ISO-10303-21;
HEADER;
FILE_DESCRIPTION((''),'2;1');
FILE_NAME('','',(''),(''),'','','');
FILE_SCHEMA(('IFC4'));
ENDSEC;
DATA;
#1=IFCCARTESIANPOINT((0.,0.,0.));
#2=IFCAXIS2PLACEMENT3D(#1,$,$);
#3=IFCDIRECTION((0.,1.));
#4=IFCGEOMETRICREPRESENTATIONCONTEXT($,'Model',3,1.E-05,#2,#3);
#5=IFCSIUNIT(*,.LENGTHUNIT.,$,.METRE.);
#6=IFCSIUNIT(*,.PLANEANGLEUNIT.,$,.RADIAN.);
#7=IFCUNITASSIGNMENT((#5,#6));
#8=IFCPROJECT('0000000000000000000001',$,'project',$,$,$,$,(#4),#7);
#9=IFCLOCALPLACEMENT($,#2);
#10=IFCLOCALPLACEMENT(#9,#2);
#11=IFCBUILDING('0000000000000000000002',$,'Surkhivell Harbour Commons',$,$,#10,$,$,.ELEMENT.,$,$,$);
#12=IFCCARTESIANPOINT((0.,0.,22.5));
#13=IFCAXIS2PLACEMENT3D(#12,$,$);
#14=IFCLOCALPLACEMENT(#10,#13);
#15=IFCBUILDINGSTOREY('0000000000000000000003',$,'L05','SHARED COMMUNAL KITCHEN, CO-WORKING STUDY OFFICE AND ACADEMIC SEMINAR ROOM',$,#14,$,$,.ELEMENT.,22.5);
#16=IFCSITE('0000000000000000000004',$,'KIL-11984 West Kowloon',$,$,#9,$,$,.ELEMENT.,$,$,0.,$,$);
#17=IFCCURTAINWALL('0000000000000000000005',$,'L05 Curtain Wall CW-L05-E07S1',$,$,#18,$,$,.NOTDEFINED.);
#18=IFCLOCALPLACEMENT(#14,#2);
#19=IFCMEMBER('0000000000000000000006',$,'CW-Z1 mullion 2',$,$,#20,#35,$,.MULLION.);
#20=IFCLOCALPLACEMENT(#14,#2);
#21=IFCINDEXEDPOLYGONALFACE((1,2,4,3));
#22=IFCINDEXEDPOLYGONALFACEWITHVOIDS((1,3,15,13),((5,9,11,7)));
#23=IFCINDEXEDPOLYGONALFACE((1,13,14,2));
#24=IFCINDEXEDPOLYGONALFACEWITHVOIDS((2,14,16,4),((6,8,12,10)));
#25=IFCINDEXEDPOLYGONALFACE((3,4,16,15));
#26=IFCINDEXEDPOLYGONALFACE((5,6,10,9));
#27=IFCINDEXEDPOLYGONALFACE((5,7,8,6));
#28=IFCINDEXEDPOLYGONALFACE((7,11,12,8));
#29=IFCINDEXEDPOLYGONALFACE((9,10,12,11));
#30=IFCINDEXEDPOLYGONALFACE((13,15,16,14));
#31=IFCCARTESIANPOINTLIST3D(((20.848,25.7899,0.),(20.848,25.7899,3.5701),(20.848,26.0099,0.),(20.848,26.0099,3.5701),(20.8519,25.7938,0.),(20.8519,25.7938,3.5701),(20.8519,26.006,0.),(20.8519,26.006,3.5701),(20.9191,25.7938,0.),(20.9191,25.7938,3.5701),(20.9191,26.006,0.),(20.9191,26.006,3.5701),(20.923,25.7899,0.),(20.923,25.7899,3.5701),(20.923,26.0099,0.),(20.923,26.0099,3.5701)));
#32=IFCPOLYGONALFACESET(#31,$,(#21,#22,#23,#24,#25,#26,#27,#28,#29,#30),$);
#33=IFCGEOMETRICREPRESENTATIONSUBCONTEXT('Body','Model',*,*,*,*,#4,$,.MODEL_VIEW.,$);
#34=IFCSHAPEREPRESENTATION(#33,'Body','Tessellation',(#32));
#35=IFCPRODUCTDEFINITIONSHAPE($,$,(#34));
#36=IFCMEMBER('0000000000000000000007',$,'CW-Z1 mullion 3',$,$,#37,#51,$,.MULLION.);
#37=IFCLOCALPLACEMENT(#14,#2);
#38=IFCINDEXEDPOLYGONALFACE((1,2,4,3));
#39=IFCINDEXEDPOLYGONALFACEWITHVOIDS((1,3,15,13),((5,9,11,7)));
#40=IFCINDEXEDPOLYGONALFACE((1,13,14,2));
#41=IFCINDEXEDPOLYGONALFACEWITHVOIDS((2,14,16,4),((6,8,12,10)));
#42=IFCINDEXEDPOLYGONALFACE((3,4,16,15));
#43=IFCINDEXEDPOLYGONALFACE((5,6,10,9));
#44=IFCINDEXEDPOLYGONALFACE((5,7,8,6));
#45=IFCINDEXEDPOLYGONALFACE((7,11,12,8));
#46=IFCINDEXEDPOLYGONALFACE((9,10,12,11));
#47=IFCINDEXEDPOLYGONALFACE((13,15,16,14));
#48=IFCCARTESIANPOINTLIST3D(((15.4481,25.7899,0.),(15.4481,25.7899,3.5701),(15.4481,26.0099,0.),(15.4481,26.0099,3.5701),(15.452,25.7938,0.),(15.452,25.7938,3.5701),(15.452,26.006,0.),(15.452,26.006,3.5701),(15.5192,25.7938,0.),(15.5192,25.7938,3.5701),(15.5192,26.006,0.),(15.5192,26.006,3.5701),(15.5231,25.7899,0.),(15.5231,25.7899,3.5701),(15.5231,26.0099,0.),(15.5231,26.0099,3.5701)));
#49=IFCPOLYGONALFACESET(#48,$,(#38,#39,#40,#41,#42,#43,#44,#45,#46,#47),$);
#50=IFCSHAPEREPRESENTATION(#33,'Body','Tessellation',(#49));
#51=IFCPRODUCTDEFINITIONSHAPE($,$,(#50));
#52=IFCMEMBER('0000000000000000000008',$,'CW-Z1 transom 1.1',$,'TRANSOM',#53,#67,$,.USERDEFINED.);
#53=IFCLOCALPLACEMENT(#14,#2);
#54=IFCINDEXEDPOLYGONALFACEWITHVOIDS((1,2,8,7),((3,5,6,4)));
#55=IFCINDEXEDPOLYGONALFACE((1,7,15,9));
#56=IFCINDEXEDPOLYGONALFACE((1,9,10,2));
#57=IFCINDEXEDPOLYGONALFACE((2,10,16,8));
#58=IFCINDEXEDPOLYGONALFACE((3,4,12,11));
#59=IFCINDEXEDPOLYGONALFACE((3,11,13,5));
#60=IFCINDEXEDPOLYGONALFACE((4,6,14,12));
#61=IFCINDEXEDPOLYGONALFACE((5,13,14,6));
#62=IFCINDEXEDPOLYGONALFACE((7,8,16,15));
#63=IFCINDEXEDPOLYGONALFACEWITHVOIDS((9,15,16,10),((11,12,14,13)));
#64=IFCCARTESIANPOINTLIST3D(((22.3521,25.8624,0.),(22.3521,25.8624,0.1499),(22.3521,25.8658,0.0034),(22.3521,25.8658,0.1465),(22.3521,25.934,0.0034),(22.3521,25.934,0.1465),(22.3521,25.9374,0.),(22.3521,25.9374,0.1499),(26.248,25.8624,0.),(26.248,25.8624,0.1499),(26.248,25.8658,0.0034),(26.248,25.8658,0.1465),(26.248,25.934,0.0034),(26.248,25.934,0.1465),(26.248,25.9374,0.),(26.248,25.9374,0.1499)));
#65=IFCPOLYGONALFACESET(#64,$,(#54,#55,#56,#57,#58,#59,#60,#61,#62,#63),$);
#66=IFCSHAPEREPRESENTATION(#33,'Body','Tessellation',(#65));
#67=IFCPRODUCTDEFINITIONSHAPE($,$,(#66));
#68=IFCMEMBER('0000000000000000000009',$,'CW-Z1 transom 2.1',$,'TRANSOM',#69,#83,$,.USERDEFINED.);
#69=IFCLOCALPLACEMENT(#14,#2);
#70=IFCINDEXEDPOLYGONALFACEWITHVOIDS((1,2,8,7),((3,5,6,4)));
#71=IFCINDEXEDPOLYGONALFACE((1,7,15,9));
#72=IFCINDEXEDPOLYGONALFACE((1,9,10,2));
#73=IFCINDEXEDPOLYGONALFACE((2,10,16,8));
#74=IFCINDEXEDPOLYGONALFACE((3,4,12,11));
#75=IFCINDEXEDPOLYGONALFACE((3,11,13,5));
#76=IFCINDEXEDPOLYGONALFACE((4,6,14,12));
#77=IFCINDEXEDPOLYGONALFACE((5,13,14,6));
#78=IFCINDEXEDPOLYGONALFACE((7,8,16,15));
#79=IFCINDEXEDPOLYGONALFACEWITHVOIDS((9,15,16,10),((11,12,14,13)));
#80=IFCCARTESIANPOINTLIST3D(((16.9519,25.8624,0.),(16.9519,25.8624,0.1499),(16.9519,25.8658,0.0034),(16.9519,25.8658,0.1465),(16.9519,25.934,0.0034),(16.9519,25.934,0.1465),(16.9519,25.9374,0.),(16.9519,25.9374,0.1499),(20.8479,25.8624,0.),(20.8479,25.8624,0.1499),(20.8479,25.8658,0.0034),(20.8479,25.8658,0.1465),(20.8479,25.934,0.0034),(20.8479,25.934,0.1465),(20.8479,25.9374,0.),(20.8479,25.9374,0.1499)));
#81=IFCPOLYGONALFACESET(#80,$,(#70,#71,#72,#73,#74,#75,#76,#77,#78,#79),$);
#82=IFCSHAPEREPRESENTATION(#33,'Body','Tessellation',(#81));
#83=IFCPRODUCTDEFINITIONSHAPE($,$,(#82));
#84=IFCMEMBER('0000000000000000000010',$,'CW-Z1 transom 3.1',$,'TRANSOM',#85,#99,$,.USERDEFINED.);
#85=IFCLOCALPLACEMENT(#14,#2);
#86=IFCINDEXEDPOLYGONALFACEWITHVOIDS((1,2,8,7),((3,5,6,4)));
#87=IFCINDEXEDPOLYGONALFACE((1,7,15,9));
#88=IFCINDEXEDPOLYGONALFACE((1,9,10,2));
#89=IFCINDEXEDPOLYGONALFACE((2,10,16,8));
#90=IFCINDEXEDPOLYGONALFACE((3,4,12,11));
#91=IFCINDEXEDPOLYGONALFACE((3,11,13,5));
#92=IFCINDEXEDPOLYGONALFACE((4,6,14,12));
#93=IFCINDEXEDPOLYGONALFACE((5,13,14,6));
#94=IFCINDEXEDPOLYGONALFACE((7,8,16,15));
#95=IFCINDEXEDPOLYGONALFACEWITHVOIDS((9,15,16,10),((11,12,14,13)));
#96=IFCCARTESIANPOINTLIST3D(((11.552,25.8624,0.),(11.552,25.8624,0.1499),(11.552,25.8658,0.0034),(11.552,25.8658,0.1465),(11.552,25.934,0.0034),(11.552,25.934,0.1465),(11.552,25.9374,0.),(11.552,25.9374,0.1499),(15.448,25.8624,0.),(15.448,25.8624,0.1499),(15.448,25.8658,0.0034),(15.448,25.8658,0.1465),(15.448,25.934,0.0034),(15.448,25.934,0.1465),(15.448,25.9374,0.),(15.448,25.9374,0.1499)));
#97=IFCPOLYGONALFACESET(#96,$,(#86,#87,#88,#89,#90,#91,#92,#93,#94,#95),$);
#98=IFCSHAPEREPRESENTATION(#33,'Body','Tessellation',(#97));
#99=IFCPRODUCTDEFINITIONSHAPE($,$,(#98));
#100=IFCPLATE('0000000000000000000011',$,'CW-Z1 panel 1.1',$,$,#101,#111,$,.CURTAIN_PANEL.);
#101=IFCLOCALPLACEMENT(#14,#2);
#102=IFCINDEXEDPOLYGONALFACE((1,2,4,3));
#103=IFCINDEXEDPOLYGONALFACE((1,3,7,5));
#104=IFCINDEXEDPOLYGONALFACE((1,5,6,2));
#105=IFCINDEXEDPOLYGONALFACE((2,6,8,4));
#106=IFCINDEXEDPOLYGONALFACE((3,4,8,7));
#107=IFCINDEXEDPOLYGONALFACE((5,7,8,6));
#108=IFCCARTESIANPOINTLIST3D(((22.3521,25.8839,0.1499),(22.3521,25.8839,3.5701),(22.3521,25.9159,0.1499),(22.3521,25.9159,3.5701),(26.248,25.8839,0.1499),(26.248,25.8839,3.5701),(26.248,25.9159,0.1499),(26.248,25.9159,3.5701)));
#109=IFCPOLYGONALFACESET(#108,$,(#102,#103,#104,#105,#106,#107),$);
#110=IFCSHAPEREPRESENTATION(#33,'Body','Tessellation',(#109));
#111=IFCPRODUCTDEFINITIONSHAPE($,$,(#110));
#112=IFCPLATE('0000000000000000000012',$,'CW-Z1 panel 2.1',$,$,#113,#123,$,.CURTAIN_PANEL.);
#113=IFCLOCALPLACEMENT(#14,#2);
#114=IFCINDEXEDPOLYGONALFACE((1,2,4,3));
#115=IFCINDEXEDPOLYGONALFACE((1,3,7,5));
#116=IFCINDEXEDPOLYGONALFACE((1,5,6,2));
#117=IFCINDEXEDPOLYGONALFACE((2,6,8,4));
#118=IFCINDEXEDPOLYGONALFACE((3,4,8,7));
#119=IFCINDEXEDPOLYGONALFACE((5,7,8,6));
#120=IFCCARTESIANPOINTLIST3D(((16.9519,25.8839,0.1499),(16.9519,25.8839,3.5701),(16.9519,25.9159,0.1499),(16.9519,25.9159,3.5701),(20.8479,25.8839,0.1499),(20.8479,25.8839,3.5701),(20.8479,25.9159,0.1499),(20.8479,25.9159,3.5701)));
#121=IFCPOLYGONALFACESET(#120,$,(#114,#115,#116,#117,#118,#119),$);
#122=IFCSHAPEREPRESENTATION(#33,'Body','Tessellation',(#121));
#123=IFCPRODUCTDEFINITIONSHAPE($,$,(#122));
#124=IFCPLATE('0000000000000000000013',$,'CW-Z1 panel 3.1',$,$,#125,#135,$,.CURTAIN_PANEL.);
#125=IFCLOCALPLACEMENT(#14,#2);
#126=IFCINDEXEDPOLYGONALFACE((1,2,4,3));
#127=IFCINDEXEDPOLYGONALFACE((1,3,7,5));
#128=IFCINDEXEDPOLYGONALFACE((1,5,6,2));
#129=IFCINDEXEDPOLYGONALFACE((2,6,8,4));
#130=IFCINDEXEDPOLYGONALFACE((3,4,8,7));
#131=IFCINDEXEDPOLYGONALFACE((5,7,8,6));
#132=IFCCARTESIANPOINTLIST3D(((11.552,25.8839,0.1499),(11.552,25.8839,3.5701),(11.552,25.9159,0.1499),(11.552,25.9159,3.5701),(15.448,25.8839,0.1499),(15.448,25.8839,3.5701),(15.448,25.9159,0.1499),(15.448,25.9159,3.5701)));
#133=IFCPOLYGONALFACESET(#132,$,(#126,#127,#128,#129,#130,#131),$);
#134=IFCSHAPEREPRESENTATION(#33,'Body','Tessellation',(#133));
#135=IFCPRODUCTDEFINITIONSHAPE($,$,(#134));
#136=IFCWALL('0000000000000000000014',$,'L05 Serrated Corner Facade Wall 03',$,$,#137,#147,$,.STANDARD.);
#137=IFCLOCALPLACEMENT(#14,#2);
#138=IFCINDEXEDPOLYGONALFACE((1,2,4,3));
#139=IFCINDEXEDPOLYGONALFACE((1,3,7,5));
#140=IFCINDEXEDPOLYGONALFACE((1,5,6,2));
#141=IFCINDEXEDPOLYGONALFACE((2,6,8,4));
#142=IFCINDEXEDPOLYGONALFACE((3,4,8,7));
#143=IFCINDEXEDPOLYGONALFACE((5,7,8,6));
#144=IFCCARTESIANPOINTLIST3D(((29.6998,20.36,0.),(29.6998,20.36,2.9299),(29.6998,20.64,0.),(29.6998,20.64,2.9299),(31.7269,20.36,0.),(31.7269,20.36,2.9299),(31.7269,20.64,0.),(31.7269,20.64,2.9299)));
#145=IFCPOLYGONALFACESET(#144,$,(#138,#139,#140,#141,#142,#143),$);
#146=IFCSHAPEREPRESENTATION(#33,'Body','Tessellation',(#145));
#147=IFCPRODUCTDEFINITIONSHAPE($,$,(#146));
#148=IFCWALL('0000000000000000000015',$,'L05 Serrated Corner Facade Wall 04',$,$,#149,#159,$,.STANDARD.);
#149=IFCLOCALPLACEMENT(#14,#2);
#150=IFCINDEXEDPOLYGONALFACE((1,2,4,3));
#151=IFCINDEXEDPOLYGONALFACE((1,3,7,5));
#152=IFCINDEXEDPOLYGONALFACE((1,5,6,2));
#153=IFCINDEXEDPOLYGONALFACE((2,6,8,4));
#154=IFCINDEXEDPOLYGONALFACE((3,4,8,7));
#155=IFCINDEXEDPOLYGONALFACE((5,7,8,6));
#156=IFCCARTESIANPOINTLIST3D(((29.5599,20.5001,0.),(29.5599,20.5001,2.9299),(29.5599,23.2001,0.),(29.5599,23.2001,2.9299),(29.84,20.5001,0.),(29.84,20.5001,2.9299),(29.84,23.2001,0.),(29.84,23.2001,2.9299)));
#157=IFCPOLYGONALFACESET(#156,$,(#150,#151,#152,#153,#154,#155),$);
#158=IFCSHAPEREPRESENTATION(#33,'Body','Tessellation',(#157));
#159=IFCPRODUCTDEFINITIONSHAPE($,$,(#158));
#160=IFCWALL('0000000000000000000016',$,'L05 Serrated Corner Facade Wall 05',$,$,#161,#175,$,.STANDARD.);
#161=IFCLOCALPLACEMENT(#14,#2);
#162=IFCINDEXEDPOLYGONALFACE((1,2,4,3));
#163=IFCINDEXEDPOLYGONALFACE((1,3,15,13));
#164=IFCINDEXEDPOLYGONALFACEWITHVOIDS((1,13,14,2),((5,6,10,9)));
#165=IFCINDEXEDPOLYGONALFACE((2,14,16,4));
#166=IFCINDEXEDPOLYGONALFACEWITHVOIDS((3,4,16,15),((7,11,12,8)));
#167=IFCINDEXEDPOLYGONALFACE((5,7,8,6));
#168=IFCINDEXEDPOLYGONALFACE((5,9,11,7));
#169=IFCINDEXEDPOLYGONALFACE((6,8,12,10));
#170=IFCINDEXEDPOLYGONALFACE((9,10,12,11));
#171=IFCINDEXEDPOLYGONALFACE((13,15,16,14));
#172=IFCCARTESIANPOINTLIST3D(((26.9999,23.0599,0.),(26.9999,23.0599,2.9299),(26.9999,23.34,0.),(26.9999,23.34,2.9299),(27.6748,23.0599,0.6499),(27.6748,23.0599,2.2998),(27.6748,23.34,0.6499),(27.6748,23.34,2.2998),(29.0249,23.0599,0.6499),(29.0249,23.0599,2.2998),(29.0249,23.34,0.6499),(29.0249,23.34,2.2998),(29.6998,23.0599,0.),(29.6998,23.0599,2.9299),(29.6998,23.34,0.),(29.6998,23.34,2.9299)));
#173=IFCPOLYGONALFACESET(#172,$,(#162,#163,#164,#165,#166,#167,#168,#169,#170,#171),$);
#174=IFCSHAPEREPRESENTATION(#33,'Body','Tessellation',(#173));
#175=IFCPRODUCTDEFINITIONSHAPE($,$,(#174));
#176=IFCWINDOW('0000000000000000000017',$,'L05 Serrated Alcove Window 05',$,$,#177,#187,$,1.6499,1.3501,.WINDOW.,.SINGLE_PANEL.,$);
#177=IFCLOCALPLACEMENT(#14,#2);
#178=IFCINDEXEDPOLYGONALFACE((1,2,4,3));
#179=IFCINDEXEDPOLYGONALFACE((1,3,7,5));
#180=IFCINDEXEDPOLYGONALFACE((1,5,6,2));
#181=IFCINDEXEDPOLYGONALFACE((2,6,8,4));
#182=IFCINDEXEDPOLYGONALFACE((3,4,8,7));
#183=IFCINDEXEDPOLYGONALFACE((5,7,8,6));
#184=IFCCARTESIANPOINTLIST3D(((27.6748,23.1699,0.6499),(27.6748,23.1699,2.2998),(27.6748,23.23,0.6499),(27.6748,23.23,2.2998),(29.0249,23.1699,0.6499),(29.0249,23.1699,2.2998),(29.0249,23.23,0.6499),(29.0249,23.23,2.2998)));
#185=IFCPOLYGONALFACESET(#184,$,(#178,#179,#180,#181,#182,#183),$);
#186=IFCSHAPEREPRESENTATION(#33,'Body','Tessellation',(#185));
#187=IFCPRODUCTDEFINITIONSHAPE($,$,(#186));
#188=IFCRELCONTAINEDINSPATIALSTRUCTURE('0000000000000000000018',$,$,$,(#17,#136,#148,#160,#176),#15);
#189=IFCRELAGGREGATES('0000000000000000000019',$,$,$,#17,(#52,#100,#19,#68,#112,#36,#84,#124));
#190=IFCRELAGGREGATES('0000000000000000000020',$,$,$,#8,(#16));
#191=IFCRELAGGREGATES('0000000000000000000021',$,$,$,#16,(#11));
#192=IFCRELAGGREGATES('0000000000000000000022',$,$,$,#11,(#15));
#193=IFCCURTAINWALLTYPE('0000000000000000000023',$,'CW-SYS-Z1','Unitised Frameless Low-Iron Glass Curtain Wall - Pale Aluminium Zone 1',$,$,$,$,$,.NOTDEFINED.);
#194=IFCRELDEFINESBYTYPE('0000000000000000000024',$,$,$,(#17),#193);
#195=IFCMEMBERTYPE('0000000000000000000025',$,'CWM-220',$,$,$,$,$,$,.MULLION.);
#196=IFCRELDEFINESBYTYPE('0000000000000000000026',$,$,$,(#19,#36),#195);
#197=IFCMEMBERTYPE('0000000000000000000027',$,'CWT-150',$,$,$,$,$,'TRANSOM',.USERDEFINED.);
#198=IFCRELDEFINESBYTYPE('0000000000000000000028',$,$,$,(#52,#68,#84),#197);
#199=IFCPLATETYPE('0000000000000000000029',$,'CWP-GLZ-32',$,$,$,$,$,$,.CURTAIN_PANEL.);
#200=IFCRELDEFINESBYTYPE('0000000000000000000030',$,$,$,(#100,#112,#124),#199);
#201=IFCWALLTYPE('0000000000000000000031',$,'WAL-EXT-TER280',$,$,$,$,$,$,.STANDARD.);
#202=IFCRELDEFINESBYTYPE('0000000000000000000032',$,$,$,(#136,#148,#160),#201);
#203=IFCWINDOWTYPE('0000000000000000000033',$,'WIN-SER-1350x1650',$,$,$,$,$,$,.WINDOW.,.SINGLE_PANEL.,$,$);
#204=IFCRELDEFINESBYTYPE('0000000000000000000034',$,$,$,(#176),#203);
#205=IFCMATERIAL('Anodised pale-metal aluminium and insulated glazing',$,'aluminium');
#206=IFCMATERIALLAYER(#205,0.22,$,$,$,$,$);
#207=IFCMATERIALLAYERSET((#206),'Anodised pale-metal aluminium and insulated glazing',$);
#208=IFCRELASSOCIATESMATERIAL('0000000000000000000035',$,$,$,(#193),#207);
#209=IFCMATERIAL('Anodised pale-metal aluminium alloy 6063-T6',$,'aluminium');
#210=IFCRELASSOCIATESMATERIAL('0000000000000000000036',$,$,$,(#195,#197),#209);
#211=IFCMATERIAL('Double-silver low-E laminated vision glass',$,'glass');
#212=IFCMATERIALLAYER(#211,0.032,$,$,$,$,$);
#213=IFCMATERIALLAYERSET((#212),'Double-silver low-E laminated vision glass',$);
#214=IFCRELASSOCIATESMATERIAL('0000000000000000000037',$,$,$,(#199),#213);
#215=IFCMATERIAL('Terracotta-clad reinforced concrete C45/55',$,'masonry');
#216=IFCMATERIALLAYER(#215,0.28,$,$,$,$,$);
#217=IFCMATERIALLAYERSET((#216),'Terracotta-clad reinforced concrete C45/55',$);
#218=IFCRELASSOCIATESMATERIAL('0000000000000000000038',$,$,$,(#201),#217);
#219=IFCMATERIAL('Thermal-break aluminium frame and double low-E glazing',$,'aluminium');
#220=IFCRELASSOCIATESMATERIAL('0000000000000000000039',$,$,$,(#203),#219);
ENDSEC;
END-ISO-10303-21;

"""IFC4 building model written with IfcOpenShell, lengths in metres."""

from ifc_helpers import new_model, si_unit, direction, frame, frame_2d, origin, origin_2d, place, context, subcontext, project, spatial, rectangle, hollow_rectangle, extrude, material, layer, layer_set, material_profile, profile_set, type_object, element, fill, aggregate, save


model = new_model("IFC4")

# Units and contexts
model_context = context("Model", 3, precision=1e-05, world=origin(), true_north=direction((0.0, 1.0)))
body_context = subcontext(model_context, "Body", "Model", "MODEL_VIEW")
ifc_project = project(units=[si_unit("LENGTHUNIT", "METRE"), si_unit("PLANEANGLEUNIT", "RADIAN")], contexts=[model_context])

# Site, building, storey
site_placement = place(None, origin())
site = spatial("IfcSite", under=ifc_project, at=site_placement, Name="KIL-11984 West Kowloon", CompositionType="ELEMENT", RefElevation=0.0)
building_placement = place(site_placement, origin())
building = spatial("IfcBuilding", under=site, at=building_placement, Name="Surkhivell Harbour Commons", CompositionType="ELEMENT")
storey_placement = place(building_placement, frame((0.0, 0.0, 22.5)))
storey = spatial("IfcBuildingStorey", under=building, at=storey_placement, Name="L05", Description="SHARED COMMUNAL KITCHEN, CO-WORKING STUDY OFFICE AND ACADEMIC SEMINAR ROOM", CompositionType="ELEMENT", Elevation=22.5)

# Curtain wall, members, plates
ifc_material_1 = material(Name="Anodised pale-metal aluminium and insulated glazing", Category="aluminium")
ifc_layer_1 = layer(ifc_material_1, 0.22)
ifc_layer_set_1 = layer_set([ifc_layer_1], Name="Anodised pale-metal aluminium and insulated glazing")
curtain_wall_type = type_object("IfcCurtainWallType", Name="CW-SYS-Z1", Description="Unitised Frameless Low-Iron Glass Curtain Wall - Pale Aluminium Zone 1", PredefinedType="NOTDEFINED", material=ifc_layer_set_1)
curtain_wall_placement = place(storey_placement, origin())
curtain_wall = element("IfcCurtainWall", 1, at=curtain_wall_placement, inside=storey, type_object=curtain_wall_type, Name="L05 Curtain Wall CW-L05-E07S1", PredefinedType="NOTDEFINED")
ifc_material_2 = material(Name="Anodised pale-metal aluminium alloy 6063-T6", Category="aluminium")
ifc_material_profile_1 = material_profile(ifc_material_2, hollow_rectangle(XDim=0.075, YDim=0.22, WallThickness=0.0039, at=origin_2d()), Name="ALU-MULL-75x220")
ifc_profile_set_1 = profile_set([ifc_material_profile_1], Name="Anodised pale-metal aluminium alloy 6063-T6")
member_type_1 = type_object("IfcMemberType", Name="CWM-220", PredefinedType="MULLION", material=ifc_profile_set_1)
member_1_placement = place(storey_placement, frame((20.8855, 25.8999, 0.0), z_axis=(0.0, 0.0, 1.0), x_axis=(-1.0, 0.0, 0.0)))
member_1 = element("IfcMember", 2, at=member_1_placement, type_object=member_type_1, Name="CW-Z1 mullion 2", PredefinedType="MULLION", context=body_context, shape_type="SweptSolid", body=[
    extrude(hollow_rectangle(XDim=0.075, YDim=0.22, WallThickness=0.0039, at=origin_2d()), origin(), (0.0, 0.0, 1.0), 3.5701),
])
member_2_placement = place(storey_placement, frame((15.4856, 25.8999, 0.0), z_axis=(0.0, 0.0, 1.0), x_axis=(-1.0, 0.0, 0.0)))
member_2 = element("IfcMember", 3, at=member_2_placement, type_object=member_type_1, Name="CW-Z1 mullion 3", PredefinedType="MULLION", context=body_context, shape_type="SweptSolid", body=[
    extrude(hollow_rectangle(XDim=0.075, YDim=0.22, WallThickness=0.0039, at=origin_2d()), origin(), (0.0, 0.0, 1.0), 3.5701),
])
ifc_material_profile_2 = material_profile(ifc_material_2, hollow_rectangle(XDim=0.075, YDim=0.1499, WallThickness=0.0034, at=origin_2d()), Name="ALU-TRAN-75x150")
ifc_profile_set_2 = profile_set([ifc_material_profile_2], Name="Anodised pale-metal aluminium alloy 6063-T6")
member_type_2 = type_object("IfcMemberType", Name="CWT-150", ElementType="TRANSOM", PredefinedType="USERDEFINED", material=ifc_profile_set_2)
member_3_placement = place(storey_placement, frame((26.248, 25.8999, 0.075), z_axis=(-1.0, 0.0, 0.0), x_axis=(0.0, -1.0, 0.0)))
member_3 = element("IfcMember", 4, at=member_3_placement, type_object=member_type_2, Name="CW-Z1 transom 1.1", ObjectType="TRANSOM", PredefinedType="USERDEFINED", context=body_context, shape_type="SweptSolid", body=[
    extrude(hollow_rectangle(XDim=0.075, YDim=0.1499, WallThickness=0.0034, at=origin_2d()), origin(), (0.0, 0.0, 1.0), 3.896),
])
member_4_placement = place(storey_placement, frame((20.8479, 25.8999, 0.075), z_axis=(-1.0, 0.0, 0.0), x_axis=(0.0, -1.0, 0.0)))
member_4 = element("IfcMember", 5, at=member_4_placement, type_object=member_type_2, Name="CW-Z1 transom 2.1", ObjectType="TRANSOM", PredefinedType="USERDEFINED", context=body_context, shape_type="SweptSolid", body=[
    extrude(hollow_rectangle(XDim=0.075, YDim=0.1499, WallThickness=0.0034, at=origin_2d()), origin(), (0.0, 0.0, 1.0), 3.896),
])
member_5_placement = place(storey_placement, frame((15.448, 25.8999, 0.075), z_axis=(-1.0, 0.0, 0.0), x_axis=(0.0, -1.0, 0.0)))
member_5 = element("IfcMember", 6, at=member_5_placement, type_object=member_type_2, Name="CW-Z1 transom 3.1", ObjectType="TRANSOM", PredefinedType="USERDEFINED", context=body_context, shape_type="SweptSolid", body=[
    extrude(hollow_rectangle(XDim=0.075, YDim=0.1499, WallThickness=0.0034, at=origin_2d()), origin(), (0.0, 0.0, 1.0), 3.896),
])
ifc_material_3 = material(Name="Double-silver low-E laminated vision glass", Category="glass")
ifc_layer_2 = layer(ifc_material_3, 0.032)
ifc_layer_set_2 = layer_set([ifc_layer_2], Name="Double-silver low-E laminated vision glass")
plate_type = type_object("IfcPlateType", Name="CWP-GLZ-32", PredefinedType="CURTAIN_PANEL", material=ifc_layer_set_2)
plate_1_placement = place(storey_placement, frame((26.248, 25.8999, 0.1499), z_axis=(0.0, 0.0, 1.0), x_axis=(-1.0, 0.0, 0.0)))
plate_1 = element("IfcPlate", 7, at=plate_1_placement, type_object=plate_type, Name="CW-Z1 panel 1.1", PredefinedType="CURTAIN_PANEL", context=body_context, shape_type="SweptSolid", body=[
    extrude(rectangle(XDim=3.896, YDim=0.032, at=frame_2d((1.948, 0.0))), origin(), (0.0, 0.0, 1.0), 3.4202),
])
plate_2_placement = place(storey_placement, frame((20.8479, 25.8999, 0.1499), z_axis=(0.0, 0.0, 1.0), x_axis=(-1.0, 0.0, 0.0)))
plate_2 = element("IfcPlate", 8, at=plate_2_placement, type_object=plate_type, Name="CW-Z1 panel 2.1", PredefinedType="CURTAIN_PANEL", context=body_context, shape_type="SweptSolid", body=[
    extrude(rectangle(XDim=3.896, YDim=0.032, at=frame_2d((1.948, 0.0))), origin(), (0.0, 0.0, 1.0), 3.4202),
])
plate_3_placement = place(storey_placement, frame((15.448, 25.8999, 0.1499), z_axis=(0.0, 0.0, 1.0), x_axis=(-1.0, 0.0, 0.0)))
plate_3 = element("IfcPlate", 9, at=plate_3_placement, type_object=plate_type, Name="CW-Z1 panel 3.1", PredefinedType="CURTAIN_PANEL", context=body_context, shape_type="SweptSolid", body=[
    extrude(rectangle(XDim=3.896, YDim=0.032, at=frame_2d((1.948, 0.0))), origin(), (0.0, 0.0, 1.0), 3.4202),
])
aggregate(curtain_wall, [member_3, plate_1, member_1, member_4, plate_2, member_2, member_5, plate_3])

# Walls
ifc_material_4 = material(Name="Terracotta-clad reinforced concrete C45/55", Category="masonry")
ifc_layer_3 = layer(ifc_material_4, 0.28)
ifc_layer_set_3 = layer_set([ifc_layer_3], Name="Terracotta-clad reinforced concrete C45/55")
wall_type = type_object("IfcWallType", Name="WAL-EXT-TER280", PredefinedType="STANDARD", material=ifc_layer_set_3)
wall_1_placement = place(storey_placement, frame((31.7271, 20.5, 0.0), z_axis=(0.0, 0.0, 1.0), x_axis=(-1.0, 0.0, 0.0)))
element("IfcWall", 10, at=wall_1_placement, inside=storey, type_object=wall_type, Name="L05 Serrated Corner Facade Wall 03", PredefinedType="STANDARD", context=body_context, shape_type="SweptSolid", body=[
    extrude(rectangle(XDim=2.0271, YDim=0.28, at=frame_2d((1.0137, 0.0))), origin(), (0.0, 0.0, 1.0), 2.9299),
])
wall_2_placement = place(storey_placement, frame((29.7, 20.5, 0.0), z_axis=(0.0, 0.0, 1.0), x_axis=(0.0, 1.0, 0.0)))
element("IfcWall", 11, at=wall_2_placement, inside=storey, type_object=wall_type, Name="L05 Serrated Corner Facade Wall 04", PredefinedType="STANDARD", context=body_context, shape_type="SweptSolid", body=[
    extrude(rectangle(XDim=2.7, YDim=0.28, at=frame_2d((1.3501, 0.0))), origin(), (0.0, 0.0, 1.0), 2.9299),
])

# Wall, opening, window
wall_3_placement = place(storey_placement, frame((29.7, 23.2, 0.0), z_axis=(0.0, 0.0, 1.0), x_axis=(-1.0, 0.0, 0.0)))
wall_3 = element("IfcWall", 12, at=wall_3_placement, inside=storey, type_object=wall_type, Name="L05 Serrated Corner Facade Wall 05", PredefinedType="STANDARD", context=body_context, shape_type="SweptSolid", body=[
    extrude(rectangle(XDim=2.7, YDim=0.28, at=frame_2d((1.3501, 0.0))), origin(), (0.0, 0.0, 1.0), 2.9299),
])
opening_placement = place(wall_3_placement, frame((0.675, 0.0, 0.6499)))
opening = element("IfcOpeningElement", 13, at=opening_placement, cuts=wall_3, PredefinedType="OPENING", context=body_context, shape_type="SweptSolid", body=[
    extrude(rectangle(XDim=1.3501, YDim=1.6499, at=frame_2d((0.675, 0.825))), frame((0.0, 0.1499, 0.0), z_axis=(0.0, -1.0, 0.0), x_axis=(1.0, 0.0, 0.0)), (0.0, 0.0, 1.0), 0.3),
])
ifc_material_5 = material(Name="Thermal-break aluminium frame and double low-E glazing", Category="aluminium")
window_type = type_object("IfcWindowType", Name="WIN-SER-1350x1650", PartitioningType="SINGLE_PANEL", PredefinedType="WINDOW", material=ifc_material_5)
window_placement = place(opening_placement, origin())
window = element("IfcWindow", 14, at=window_placement, inside=storey, type_object=window_type, Name="L05 Serrated Alcove Window 05", OverallHeight=1.6499, OverallWidth=1.3501, PartitioningType="SINGLE_PANEL", PredefinedType="WINDOW", context=body_context, shape_type="SweptSolid", body=[
    extrude(rectangle(XDim=1.3501, YDim=1.6499, at=frame_2d((0.675, 0.825))), frame((0.0, 0.03, 0.0), z_axis=(0.0, -1.0, 0.0), x_axis=(1.0, 0.0, 0.0)), (0.0, 0.0, 1.0), 0.0601),
])
fill(opening, window)

save(model, "model.ifc")
